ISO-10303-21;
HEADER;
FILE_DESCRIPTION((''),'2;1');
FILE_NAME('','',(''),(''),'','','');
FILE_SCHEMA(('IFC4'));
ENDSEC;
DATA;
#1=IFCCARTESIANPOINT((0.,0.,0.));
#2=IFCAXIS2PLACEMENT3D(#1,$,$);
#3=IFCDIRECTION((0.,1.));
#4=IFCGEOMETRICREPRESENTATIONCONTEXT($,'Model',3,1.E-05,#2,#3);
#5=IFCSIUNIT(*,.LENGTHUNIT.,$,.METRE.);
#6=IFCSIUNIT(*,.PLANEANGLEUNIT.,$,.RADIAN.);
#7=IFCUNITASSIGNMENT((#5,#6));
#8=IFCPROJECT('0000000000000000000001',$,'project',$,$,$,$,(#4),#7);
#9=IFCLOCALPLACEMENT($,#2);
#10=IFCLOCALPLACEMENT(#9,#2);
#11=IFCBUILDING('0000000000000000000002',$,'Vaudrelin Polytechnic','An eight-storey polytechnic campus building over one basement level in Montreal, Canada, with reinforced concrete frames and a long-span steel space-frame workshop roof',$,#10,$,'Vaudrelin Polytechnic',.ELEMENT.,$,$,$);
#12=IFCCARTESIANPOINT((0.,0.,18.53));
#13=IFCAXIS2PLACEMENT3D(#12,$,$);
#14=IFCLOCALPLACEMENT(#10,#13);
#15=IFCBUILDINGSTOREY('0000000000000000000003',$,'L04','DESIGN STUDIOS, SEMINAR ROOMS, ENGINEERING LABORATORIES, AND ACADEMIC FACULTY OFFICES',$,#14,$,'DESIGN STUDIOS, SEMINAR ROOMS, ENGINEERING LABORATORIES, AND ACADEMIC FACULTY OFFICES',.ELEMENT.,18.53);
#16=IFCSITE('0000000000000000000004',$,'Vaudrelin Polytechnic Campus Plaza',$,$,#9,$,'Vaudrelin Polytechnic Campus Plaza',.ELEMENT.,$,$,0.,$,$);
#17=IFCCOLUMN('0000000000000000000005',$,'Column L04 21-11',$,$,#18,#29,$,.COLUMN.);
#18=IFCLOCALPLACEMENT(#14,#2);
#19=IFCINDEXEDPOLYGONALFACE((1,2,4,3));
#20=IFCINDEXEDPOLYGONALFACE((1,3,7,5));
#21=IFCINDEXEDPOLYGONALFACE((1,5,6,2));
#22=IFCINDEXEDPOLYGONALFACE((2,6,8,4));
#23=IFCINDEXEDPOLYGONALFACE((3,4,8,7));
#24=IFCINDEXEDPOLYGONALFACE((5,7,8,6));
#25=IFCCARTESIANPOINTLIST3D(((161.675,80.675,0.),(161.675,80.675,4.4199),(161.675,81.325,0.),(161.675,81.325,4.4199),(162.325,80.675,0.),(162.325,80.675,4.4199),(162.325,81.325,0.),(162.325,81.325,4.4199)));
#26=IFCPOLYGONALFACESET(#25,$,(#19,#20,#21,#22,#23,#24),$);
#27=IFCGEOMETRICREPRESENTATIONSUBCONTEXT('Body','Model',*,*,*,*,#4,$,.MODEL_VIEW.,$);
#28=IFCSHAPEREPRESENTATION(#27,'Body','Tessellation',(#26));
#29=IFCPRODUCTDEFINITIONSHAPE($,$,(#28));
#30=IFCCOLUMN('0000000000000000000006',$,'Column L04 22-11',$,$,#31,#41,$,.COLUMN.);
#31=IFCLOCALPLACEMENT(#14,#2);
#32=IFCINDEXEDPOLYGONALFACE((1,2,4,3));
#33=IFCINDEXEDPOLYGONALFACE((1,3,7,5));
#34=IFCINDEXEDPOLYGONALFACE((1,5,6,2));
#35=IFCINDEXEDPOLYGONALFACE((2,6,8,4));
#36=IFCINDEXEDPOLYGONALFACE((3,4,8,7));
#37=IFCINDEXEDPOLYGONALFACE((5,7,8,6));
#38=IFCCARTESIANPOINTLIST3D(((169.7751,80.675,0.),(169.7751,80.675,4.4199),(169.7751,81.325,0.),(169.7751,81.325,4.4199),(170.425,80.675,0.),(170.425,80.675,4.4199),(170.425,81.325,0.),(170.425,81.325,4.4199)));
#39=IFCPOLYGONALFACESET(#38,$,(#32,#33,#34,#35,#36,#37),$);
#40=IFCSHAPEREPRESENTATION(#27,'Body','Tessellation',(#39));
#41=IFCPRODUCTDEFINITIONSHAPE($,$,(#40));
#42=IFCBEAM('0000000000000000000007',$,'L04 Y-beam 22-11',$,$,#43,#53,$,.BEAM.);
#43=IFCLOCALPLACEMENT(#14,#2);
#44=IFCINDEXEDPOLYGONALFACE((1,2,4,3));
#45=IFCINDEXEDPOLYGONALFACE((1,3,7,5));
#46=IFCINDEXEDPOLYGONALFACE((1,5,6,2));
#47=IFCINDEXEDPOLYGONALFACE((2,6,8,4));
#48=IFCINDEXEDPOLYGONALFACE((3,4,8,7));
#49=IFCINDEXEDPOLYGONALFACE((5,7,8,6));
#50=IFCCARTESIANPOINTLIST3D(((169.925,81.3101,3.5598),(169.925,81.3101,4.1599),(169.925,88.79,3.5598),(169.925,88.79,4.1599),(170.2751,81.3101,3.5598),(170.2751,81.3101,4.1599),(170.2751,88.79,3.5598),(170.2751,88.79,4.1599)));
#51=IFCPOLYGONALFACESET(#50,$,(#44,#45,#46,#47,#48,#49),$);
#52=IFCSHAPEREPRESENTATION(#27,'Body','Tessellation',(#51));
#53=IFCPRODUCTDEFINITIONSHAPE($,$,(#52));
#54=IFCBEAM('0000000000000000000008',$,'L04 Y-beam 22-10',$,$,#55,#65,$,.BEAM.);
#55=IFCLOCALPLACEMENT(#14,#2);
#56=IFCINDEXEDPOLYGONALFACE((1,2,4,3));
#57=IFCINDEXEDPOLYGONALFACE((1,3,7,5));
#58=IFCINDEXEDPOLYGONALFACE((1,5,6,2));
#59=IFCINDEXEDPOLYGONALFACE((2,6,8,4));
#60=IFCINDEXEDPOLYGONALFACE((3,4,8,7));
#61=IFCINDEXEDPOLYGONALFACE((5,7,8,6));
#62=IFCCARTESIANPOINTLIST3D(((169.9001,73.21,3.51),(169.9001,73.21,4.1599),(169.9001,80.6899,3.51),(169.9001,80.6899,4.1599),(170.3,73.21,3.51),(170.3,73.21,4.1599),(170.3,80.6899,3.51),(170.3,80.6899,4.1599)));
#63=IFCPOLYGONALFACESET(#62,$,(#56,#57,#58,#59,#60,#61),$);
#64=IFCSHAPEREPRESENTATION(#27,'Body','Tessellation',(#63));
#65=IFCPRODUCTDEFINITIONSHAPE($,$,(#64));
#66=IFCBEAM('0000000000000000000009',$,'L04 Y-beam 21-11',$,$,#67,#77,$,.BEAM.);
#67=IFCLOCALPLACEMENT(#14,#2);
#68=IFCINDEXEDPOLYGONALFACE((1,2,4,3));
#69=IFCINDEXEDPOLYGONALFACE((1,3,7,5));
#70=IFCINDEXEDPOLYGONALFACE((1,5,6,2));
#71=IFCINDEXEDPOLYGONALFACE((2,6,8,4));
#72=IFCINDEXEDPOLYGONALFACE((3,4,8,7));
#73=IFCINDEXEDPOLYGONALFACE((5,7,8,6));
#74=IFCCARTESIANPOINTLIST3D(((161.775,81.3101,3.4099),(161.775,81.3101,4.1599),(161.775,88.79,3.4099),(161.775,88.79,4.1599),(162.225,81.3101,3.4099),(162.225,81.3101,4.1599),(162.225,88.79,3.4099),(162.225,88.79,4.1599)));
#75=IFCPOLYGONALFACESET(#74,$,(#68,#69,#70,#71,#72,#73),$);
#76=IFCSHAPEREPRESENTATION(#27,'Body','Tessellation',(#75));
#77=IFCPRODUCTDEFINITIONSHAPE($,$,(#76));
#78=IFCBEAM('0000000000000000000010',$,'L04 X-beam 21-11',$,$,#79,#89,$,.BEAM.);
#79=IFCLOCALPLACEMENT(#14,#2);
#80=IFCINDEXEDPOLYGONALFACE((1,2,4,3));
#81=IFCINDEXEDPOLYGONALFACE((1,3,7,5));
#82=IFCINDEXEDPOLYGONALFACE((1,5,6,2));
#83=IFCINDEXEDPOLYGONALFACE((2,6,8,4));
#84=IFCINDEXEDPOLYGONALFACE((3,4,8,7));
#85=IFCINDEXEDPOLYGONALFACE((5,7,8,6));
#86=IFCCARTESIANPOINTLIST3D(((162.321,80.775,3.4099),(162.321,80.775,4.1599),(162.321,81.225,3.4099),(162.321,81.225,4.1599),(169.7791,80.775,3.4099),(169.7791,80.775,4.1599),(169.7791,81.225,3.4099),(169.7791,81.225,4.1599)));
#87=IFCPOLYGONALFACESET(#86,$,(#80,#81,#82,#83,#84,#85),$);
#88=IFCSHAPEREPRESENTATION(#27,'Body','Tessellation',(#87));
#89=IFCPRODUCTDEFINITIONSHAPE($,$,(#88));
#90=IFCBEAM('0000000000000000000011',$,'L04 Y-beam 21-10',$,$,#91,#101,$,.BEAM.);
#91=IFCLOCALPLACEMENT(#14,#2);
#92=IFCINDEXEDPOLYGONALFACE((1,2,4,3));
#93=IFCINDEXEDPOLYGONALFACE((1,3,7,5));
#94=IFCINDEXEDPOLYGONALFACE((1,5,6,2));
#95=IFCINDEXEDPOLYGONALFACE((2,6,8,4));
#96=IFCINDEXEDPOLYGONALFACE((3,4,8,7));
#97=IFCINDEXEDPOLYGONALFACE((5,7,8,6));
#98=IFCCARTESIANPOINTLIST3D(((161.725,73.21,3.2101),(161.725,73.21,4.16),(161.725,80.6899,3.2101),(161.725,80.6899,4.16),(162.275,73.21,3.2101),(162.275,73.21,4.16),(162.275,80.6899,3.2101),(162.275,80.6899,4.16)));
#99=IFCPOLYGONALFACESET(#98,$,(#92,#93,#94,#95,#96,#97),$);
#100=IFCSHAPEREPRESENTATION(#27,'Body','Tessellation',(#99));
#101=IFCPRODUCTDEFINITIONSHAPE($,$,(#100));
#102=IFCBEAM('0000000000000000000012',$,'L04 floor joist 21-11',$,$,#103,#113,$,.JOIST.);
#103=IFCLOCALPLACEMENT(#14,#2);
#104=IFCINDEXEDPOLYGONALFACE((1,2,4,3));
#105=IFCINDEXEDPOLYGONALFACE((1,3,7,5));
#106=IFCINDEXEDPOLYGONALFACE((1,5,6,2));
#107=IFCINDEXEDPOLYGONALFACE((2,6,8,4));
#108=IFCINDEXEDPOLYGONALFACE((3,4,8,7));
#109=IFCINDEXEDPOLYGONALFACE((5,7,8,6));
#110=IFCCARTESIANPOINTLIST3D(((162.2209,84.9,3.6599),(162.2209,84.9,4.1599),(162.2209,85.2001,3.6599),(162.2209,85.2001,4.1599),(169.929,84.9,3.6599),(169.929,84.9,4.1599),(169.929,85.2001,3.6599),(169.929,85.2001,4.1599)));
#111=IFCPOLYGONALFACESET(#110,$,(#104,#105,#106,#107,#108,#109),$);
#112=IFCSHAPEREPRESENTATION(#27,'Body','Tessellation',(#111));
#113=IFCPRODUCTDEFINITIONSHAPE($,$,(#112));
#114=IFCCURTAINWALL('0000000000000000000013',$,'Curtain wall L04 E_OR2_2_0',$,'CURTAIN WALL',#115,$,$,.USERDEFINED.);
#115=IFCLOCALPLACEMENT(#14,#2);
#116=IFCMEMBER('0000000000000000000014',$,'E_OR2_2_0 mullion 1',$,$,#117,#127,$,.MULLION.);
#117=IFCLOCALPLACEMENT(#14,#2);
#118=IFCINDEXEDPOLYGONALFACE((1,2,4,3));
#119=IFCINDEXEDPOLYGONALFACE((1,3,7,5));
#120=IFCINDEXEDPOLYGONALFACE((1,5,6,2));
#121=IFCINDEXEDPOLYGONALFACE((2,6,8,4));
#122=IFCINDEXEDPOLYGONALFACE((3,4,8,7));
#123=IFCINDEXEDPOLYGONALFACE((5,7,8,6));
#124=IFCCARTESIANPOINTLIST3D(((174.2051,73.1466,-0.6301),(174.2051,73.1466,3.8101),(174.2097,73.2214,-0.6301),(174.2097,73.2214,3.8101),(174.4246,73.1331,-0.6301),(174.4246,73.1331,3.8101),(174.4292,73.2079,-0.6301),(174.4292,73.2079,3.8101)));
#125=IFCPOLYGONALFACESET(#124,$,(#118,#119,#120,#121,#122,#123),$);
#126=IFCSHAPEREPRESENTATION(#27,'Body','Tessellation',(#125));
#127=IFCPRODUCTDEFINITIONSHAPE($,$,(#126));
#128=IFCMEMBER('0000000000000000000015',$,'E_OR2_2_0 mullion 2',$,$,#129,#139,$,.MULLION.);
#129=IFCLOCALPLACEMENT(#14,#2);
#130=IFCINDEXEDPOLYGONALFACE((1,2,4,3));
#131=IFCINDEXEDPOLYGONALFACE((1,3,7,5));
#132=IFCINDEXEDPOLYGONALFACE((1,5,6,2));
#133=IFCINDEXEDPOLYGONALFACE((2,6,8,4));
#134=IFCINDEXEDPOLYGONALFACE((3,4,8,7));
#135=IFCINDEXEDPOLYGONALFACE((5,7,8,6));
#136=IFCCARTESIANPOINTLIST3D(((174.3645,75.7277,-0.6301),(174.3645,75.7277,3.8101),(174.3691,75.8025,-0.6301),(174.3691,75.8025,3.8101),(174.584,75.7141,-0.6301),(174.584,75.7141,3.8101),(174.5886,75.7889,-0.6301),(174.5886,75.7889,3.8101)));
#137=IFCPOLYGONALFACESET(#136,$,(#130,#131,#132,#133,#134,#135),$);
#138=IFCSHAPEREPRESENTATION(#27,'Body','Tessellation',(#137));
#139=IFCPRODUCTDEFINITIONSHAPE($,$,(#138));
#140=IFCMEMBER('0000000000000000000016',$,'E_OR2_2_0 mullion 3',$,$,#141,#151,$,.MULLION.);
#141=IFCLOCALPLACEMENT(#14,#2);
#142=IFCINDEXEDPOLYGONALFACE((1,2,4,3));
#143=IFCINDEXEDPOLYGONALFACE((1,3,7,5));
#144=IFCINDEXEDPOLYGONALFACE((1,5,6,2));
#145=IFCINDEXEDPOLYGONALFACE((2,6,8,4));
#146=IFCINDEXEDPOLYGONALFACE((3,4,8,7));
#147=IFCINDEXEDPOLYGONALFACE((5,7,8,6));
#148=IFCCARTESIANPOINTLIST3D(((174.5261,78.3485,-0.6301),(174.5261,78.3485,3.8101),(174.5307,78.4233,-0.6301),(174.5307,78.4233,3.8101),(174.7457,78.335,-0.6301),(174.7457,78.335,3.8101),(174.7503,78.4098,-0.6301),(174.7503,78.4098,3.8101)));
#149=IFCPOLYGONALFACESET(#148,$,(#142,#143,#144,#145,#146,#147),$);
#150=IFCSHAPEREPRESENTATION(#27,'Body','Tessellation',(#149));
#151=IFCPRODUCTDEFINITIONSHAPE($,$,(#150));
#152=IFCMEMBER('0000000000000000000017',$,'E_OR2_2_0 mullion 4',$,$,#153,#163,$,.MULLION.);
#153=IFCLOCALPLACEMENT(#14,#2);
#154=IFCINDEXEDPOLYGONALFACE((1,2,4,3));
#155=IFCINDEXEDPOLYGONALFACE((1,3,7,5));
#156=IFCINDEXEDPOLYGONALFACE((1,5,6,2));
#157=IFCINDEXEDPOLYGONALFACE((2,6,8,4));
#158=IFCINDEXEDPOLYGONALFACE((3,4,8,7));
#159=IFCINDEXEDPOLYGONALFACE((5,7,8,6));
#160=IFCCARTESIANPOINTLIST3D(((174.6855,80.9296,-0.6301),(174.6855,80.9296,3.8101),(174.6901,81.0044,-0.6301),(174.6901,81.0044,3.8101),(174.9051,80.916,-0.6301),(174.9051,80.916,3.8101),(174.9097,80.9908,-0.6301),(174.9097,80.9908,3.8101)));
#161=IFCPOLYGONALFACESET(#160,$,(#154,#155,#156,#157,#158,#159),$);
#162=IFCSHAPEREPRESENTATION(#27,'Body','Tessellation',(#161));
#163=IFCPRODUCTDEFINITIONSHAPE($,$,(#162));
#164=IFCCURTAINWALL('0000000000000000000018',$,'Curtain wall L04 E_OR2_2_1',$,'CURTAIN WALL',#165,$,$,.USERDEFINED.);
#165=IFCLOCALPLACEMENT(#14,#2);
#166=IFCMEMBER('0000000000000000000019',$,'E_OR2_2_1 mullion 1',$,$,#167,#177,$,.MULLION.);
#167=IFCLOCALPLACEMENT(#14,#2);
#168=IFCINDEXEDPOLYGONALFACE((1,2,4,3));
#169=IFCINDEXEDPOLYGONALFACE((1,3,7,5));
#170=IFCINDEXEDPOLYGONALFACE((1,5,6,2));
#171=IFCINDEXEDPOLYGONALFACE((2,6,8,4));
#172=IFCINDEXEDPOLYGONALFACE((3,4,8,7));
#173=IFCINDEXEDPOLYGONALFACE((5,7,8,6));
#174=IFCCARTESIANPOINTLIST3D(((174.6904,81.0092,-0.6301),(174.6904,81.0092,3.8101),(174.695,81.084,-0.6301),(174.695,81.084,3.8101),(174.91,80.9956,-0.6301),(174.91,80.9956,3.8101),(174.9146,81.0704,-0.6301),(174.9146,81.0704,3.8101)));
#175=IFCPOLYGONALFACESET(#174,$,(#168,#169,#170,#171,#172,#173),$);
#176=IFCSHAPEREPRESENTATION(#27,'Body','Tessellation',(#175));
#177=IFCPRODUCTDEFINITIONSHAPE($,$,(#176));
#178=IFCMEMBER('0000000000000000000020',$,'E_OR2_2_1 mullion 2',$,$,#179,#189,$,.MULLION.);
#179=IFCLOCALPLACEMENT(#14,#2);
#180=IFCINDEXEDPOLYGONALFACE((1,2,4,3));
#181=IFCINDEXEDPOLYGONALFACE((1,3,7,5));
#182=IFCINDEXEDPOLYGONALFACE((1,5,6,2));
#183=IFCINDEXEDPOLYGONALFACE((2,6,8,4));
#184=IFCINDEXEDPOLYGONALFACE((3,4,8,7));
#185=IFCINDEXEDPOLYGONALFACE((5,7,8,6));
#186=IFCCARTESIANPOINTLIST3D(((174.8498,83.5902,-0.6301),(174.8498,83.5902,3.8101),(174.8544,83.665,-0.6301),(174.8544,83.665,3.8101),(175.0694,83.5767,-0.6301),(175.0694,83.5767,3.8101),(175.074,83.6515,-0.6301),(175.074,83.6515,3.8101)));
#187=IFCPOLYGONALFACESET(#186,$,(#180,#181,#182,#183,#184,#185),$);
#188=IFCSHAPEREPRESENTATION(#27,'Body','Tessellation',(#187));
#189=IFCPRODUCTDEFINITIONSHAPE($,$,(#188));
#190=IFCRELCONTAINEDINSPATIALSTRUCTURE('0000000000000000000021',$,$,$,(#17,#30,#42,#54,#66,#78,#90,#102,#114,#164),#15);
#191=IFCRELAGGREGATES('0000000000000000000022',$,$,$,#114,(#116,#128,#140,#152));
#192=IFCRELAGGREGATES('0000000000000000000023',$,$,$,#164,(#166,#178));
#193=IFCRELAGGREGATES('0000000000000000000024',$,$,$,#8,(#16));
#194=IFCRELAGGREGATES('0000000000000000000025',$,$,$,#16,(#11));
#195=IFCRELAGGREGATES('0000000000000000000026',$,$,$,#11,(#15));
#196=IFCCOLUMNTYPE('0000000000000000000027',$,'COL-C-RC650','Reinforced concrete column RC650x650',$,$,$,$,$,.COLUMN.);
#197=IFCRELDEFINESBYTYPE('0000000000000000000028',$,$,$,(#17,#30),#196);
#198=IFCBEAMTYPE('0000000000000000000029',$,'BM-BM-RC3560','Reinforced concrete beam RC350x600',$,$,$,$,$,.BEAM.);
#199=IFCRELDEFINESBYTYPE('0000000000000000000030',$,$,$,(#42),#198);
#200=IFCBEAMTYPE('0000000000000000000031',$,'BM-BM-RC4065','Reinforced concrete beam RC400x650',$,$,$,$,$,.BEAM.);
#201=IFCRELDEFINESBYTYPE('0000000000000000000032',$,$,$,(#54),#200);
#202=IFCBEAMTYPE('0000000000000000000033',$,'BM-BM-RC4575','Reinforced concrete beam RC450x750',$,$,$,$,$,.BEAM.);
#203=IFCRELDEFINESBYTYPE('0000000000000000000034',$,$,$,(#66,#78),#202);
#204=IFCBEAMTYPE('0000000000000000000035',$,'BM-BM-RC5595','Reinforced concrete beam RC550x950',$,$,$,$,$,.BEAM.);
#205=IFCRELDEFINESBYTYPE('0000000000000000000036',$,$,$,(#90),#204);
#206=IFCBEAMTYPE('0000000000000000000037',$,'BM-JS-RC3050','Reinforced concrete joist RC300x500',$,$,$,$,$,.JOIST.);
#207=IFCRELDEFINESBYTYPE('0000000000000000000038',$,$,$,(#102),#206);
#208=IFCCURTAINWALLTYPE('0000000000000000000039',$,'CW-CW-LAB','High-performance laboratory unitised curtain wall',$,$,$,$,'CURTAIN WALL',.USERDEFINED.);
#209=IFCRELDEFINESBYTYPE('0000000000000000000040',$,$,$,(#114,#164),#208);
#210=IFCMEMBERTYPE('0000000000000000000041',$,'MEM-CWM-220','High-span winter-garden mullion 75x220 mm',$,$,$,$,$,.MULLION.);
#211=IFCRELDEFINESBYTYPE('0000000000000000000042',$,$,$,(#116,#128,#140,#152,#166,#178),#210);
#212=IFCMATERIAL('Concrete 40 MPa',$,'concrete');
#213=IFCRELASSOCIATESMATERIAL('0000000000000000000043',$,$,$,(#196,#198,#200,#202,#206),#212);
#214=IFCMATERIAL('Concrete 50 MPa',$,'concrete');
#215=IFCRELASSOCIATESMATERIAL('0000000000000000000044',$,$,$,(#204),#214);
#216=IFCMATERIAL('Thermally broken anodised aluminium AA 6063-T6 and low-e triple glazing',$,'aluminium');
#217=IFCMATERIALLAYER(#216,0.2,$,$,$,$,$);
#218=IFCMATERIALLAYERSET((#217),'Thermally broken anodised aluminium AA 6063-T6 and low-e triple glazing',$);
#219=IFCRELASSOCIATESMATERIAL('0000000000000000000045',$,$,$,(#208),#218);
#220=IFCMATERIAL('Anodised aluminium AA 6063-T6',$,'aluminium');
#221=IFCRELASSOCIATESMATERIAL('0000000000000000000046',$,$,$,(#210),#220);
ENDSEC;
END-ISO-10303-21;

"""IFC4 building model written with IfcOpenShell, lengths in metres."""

from ifc_helpers import new_model, si_unit, direction, frame, origin, origin_2d, place, context, subcontext, project, spatial, rectangle, extrude, material, layer, layer_set, material_profile, profile_set, type_object, element, aggregate, save


model = new_model("IFC4")

# Units and contexts
model_context = context("Model", 3, precision=1e-05, world=origin(), true_north=direction((0.0, 1.0)))
body_context = subcontext(model_context, "Body", "Model", "MODEL_VIEW")
ifc_project = project(units=[si_unit("LENGTHUNIT", "METRE"), si_unit("PLANEANGLEUNIT", "RADIAN")], contexts=[model_context])

# Site, building, storey
site_placement = place(None, origin())
site = spatial("IfcSite", under=ifc_project, at=site_placement, Name="Vaudrelin Polytechnic Campus Plaza", LongName="Vaudrelin Polytechnic Campus Plaza", CompositionType="ELEMENT", RefElevation=0.0)
building_placement = place(site_placement, origin())
building = spatial("IfcBuilding", under=site, at=building_placement, Name="Vaudrelin Polytechnic", Description="An eight-storey polytechnic campus building over one basement level in Montreal, Canada, with reinforced concrete frames and a long-span steel space-frame workshop roof", LongName="Vaudrelin Polytechnic", CompositionType="ELEMENT")
storey_placement = place(building_placement, frame((0.0, 0.0, 18.53)))
storey = spatial("IfcBuildingStorey", under=building, at=storey_placement, Name="L04", Description="DESIGN STUDIOS, SEMINAR ROOMS, ENGINEERING LABORATORIES, AND ACADEMIC FACULTY OFFICES", LongName="DESIGN STUDIOS, SEMINAR ROOMS, ENGINEERING LABORATORIES, AND ACADEMIC FACULTY OFFICES", CompositionType="ELEMENT", Elevation=18.53)

# Columns
ifc_material_1 = material(Name="Concrete 40 MPa", Category="concrete")
ifc_material_profile_1 = material_profile(ifc_material_1, rectangle(XDim=0.6499, YDim=0.6499, at=origin_2d()), Name="RC650x650")
ifc_profile_set_1 = profile_set([ifc_material_profile_1], Name="Concrete 40 MPa")
column_type = type_object("IfcColumnType", Name="COL-C-RC650", Description="Reinforced concrete column RC650x650", PredefinedType="COLUMN", material=ifc_profile_set_1)
for number, where, z_axis, x_axis, name in (
    (1, (162.0, 81.0, 0.0), (0.0, 0.0, 1.0), (1.0, 0.0, 0.0), "Column L04 21-11"),
    (2, (170.1001, 81.0, 0.0), (0.0, 0.0, 1.0), (1.0, 0.0, 0.0), "Column L04 22-11"),
):
    element("IfcColumn", number, at=place(storey_placement, frame(where, z_axis=z_axis, x_axis=x_axis)), inside=storey, type_object=column_type, Name=name, PredefinedType="COLUMN", context=body_context, shape_type="SweptSolid", body=[
        extrude(rectangle(XDim=0.6499, YDim=0.6499, at=origin_2d()), origin(), (0.0, 0.0, 1.0), 4.4199),
    ])

# Beams
ifc_material_profile_2 = material_profile(ifc_material_1, rectangle(XDim=0.3501, YDim=0.6001, at=origin_2d()), Name="RC350x600")
ifc_profile_set_2 = profile_set([ifc_material_profile_2], Name="Concrete 40 MPa")
beam_type_1 = type_object("IfcBeamType", Name="BM-BM-RC3560", Description="Reinforced concrete beam RC350x600", PredefinedType="BEAM", material=ifc_profile_set_2)
beam_1_placement = place(storey_placement, frame((170.1001, 81.3101, 3.8599), z_axis=(0.0, 1.0, 0.0), x_axis=(-1.0, 0.0, 0.0)))
element("IfcBeam", 3, at=beam_1_placement, inside=storey, type_object=beam_type_1, Name="L04 Y-beam 22-11", PredefinedType="BEAM", context=body_context, shape_type="SweptSolid", body=[
    extrude(rectangle(XDim=0.3501, YDim=0.6001, at=origin_2d()), origin(), (0.0, 0.0, 1.0), 7.48),
])
ifc_material_profile_3 = material_profile(ifc_material_1, rectangle(XDim=0.3999, YDim=0.6499, at=origin_2d()), Name="RC400x650")
ifc_profile_set_3 = profile_set([ifc_material_profile_3], Name="Concrete 40 MPa")
beam_type_2 = type_object("IfcBeamType", Name="BM-BM-RC4065", Description="Reinforced concrete beam RC400x650", PredefinedType="BEAM", material=ifc_profile_set_3)
beam_2_placement = place(storey_placement, frame((170.1001, 73.21, 3.835), z_axis=(0.0, 1.0, 0.0), x_axis=(-1.0, 0.0, 0.0)))
element("IfcBeam", 4, at=beam_2_placement, inside=storey, type_object=beam_type_2, Name="L04 Y-beam 22-10", PredefinedType="BEAM", context=body_context, shape_type="SweptSolid", body=[
    extrude(rectangle(XDim=0.3999, YDim=0.6499, at=origin_2d()), origin(), (0.0, 0.0, 1.0), 7.48),
])
ifc_material_profile_4 = material_profile(ifc_material_1, rectangle(XDim=0.45, YDim=0.75, at=origin_2d()), Name="RC450x750")
ifc_profile_set_4 = profile_set([ifc_material_profile_4], Name="Concrete 40 MPa")
beam_type_3 = type_object("IfcBeamType", Name="BM-BM-RC4575", Description="Reinforced concrete beam RC450x750", PredefinedType="BEAM", material=ifc_profile_set_4)
beam_3_placement = place(storey_placement, frame((162.0, 81.3101, 3.7849), z_axis=(0.0, 1.0, 0.0), x_axis=(-1.0, 0.0, 0.0)))
element("IfcBeam", 5, at=beam_3_placement, inside=storey, type_object=beam_type_3, Name="L04 Y-beam 21-11", PredefinedType="BEAM", context=body_context, shape_type="SweptSolid", body=[
    extrude(rectangle(XDim=0.45, YDim=0.75, at=origin_2d()), origin(), (0.0, 0.0, 1.0), 7.48),
])
beam_4_placement = place(storey_placement, frame((162.321, 81.0, 3.7849), z_axis=(1.0, 0.0, 0.0), x_axis=(0.0, 1.0, 0.0)))
element("IfcBeam", 6, at=beam_4_placement, inside=storey, type_object=beam_type_3, Name="L04 X-beam 21-11", PredefinedType="BEAM", context=body_context, shape_type="SweptSolid", body=[
    extrude(rectangle(XDim=0.45, YDim=0.75, at=origin_2d()), origin(), (0.0, 0.0, 1.0), 7.458),
])
ifc_material_2 = material(Name="Concrete 50 MPa", Category="concrete")
ifc_material_profile_5 = material_profile(ifc_material_2, rectangle(XDim=0.55, YDim=0.95, at=origin_2d()), Name="RC550x950")
ifc_profile_set_5 = profile_set([ifc_material_profile_5], Name="Concrete 50 MPa")
beam_type_4 = type_object("IfcBeamType", Name="BM-BM-RC5595", Description="Reinforced concrete beam RC550x950", PredefinedType="BEAM", material=ifc_profile_set_5)
beam_5_placement = place(storey_placement, frame((162.0, 73.21, 3.6851), z_axis=(0.0, 1.0, 0.0), x_axis=(-1.0, 0.0, 0.0)))
element("IfcBeam", 7, at=beam_5_placement, inside=storey, type_object=beam_type_4, Name="L04 Y-beam 21-10", PredefinedType="BEAM", context=body_context, shape_type="SweptSolid", body=[
    extrude(rectangle(XDim=0.55, YDim=0.95, at=origin_2d()), origin(), (0.0, 0.0, 1.0), 7.48),
])
ifc_material_profile_6 = material_profile(ifc_material_1, rectangle(XDim=0.3, YDim=0.5, at=origin_2d()), Name="RC300x500")
ifc_profile_set_6 = profile_set([ifc_material_profile_6], Name="Concrete 40 MPa")
beam_type_5 = type_object("IfcBeamType", Name="BM-JS-RC3050", Description="Reinforced concrete joist RC300x500", PredefinedType="JOIST", material=ifc_profile_set_6)
beam_6_placement = place(storey_placement, frame((162.2209, 85.05, 3.9099), z_axis=(1.0, 0.0, 0.0), x_axis=(0.0, 1.0, 0.0)))
element("IfcBeam", 8, at=beam_6_placement, inside=storey, type_object=beam_type_5, Name="L04 floor joist 21-11", PredefinedType="JOIST", context=body_context, shape_type="SweptSolid", body=[
    extrude(rectangle(XDim=0.3, YDim=0.5, at=origin_2d()), origin(), (0.0, 0.0, 1.0), 7.708),
])

# Curtain walls, members
ifc_material_3 = material(Name="Thermally broken anodised aluminium AA 6063-T6 and low-e triple glazing", Category="aluminium")
ifc_layer_1 = layer(ifc_material_3, 0.2)
ifc_layer_set_1 = layer_set([ifc_layer_1], Name="Thermally broken anodised aluminium AA 6063-T6 and low-e triple glazing")
curtain_wall_type = type_object("IfcCurtainWallType", Name="CW-CW-LAB", Description="High-performance laboratory unitised curtain wall", ElementType="CURTAIN WALL", PredefinedType="USERDEFINED", material=ifc_layer_set_1)
curtain_wall_1_placement = place(storey_placement, origin())
curtain_wall_1 = element("IfcCurtainWall", 9, at=curtain_wall_1_placement, inside=storey, type_object=curtain_wall_type, Name="Curtain wall L04 E_OR2_2_0", ObjectType="CURTAIN WALL", PredefinedType="USERDEFINED")
ifc_material_4 = material(Name="Anodised aluminium AA 6063-T6", Category="aluminium")
ifc_material_profile_7 = material_profile(ifc_material_4, rectangle(XDim=0.075, YDim=0.22, at=origin_2d()), Name="CWM-75x220")
ifc_profile_set_7 = profile_set([ifc_material_profile_7], Name="Anodised aluminium AA 6063-T6")
member_type_1 = type_object("IfcMemberType", Name="MEM-CWM-220", Description="High-span winter-garden mullion 75x220 mm", PredefinedType="MULLION", material=ifc_profile_set_7)
member_1_placement = place(storey_placement, frame((174.3171, 73.1772, -0.6301), z_axis=(0.0, 0.0, 1.0), x_axis=(0.061605, 0.998101, 0.0)))
member_1 = element("IfcMember", 10, at=member_1_placement, type_object=member_type_1, Name="E_OR2_2_0 mullion 1", PredefinedType="MULLION", context=body_context, shape_type="SweptSolid", body=[
    extrude(rectangle(XDim=0.075, YDim=0.22, at=origin_2d()), origin(), (0.0, 0.0, 1.0), 4.4402),
])
member_2_placement = place(storey_placement, frame((174.4766, 75.7583, -0.6301), z_axis=(0.0, 0.0, 1.0), x_axis=(0.061605, 0.998101, 0.0)))
member_2 = element("IfcMember", 11, at=member_2_placement, type_object=member_type_1, Name="E_OR2_2_0 mullion 2", PredefinedType="MULLION", context=body_context, shape_type="SweptSolid", body=[
    extrude(rectangle(XDim=0.075, YDim=0.22, at=origin_2d()), origin(), (0.0, 0.0, 1.0), 4.4402),
])
member_3_placement = place(storey_placement, frame((174.6382, 78.3792, -0.6301), z_axis=(0.0, 0.0, 1.0), x_axis=(0.061605, 0.998101, 0.0)))
member_3 = element("IfcMember", 12, at=member_3_placement, type_object=member_type_1, Name="E_OR2_2_0 mullion 3", PredefinedType="MULLION", context=body_context, shape_type="SweptSolid", body=[
    extrude(rectangle(XDim=0.075, YDim=0.22, at=origin_2d()), origin(), (0.0, 0.0, 1.0), 4.4402),
])
member_4_placement = place(storey_placement, frame((174.7976, 80.9602, -0.6301), z_axis=(0.0, 0.0, 1.0), x_axis=(0.061605, 0.998101, 0.0)))
member_4 = element("IfcMember", 13, at=member_4_placement, type_object=member_type_1, Name="E_OR2_2_0 mullion 4", PredefinedType="MULLION", context=body_context, shape_type="SweptSolid", body=[
    extrude(rectangle(XDim=0.075, YDim=0.22, at=origin_2d()), origin(), (0.0, 0.0, 1.0), 4.4402),
])
curtain_wall_2_placement = place(storey_placement, origin())
curtain_wall_2 = element("IfcCurtainWall", 14, at=curtain_wall_2_placement, inside=storey, type_object=curtain_wall_type, Name="Curtain wall L04 E_OR2_2_1", ObjectType="CURTAIN WALL", PredefinedType="USERDEFINED")
member_5_placement = place(storey_placement, frame((174.8025, 81.0398, -0.6301), z_axis=(0.0, 0.0, 1.0), x_axis=(0.061605, 0.998101, 0.0)))
member_5 = element("IfcMember", 15, at=member_5_placement, type_object=member_type_1, Name="E_OR2_2_1 mullion 1", PredefinedType="MULLION", context=body_context, shape_type="SweptSolid", body=[
    extrude(rectangle(XDim=0.075, YDim=0.22, at=origin_2d()), origin(), (0.0, 0.0, 1.0), 4.4402),
])
member_6_placement = place(storey_placement, frame((174.9619, 83.6208, -0.6301), z_axis=(0.0, 0.0, 1.0), x_axis=(0.061605, 0.998101, 0.0)))
member_6 = element("IfcMember", 16, at=member_6_placement, type_object=member_type_1, Name="E_OR2_2_1 mullion 2", PredefinedType="MULLION", context=body_context, shape_type="SweptSolid", body=[
    extrude(rectangle(XDim=0.075, YDim=0.22, at=origin_2d()), origin(), (0.0, 0.0, 1.0), 4.4402),
])

aggregate(curtain_wall_1, [member_1, member_2, member_3, member_4])
aggregate(curtain_wall_2, [member_5, member_6])

save(model, "model.ifc")
